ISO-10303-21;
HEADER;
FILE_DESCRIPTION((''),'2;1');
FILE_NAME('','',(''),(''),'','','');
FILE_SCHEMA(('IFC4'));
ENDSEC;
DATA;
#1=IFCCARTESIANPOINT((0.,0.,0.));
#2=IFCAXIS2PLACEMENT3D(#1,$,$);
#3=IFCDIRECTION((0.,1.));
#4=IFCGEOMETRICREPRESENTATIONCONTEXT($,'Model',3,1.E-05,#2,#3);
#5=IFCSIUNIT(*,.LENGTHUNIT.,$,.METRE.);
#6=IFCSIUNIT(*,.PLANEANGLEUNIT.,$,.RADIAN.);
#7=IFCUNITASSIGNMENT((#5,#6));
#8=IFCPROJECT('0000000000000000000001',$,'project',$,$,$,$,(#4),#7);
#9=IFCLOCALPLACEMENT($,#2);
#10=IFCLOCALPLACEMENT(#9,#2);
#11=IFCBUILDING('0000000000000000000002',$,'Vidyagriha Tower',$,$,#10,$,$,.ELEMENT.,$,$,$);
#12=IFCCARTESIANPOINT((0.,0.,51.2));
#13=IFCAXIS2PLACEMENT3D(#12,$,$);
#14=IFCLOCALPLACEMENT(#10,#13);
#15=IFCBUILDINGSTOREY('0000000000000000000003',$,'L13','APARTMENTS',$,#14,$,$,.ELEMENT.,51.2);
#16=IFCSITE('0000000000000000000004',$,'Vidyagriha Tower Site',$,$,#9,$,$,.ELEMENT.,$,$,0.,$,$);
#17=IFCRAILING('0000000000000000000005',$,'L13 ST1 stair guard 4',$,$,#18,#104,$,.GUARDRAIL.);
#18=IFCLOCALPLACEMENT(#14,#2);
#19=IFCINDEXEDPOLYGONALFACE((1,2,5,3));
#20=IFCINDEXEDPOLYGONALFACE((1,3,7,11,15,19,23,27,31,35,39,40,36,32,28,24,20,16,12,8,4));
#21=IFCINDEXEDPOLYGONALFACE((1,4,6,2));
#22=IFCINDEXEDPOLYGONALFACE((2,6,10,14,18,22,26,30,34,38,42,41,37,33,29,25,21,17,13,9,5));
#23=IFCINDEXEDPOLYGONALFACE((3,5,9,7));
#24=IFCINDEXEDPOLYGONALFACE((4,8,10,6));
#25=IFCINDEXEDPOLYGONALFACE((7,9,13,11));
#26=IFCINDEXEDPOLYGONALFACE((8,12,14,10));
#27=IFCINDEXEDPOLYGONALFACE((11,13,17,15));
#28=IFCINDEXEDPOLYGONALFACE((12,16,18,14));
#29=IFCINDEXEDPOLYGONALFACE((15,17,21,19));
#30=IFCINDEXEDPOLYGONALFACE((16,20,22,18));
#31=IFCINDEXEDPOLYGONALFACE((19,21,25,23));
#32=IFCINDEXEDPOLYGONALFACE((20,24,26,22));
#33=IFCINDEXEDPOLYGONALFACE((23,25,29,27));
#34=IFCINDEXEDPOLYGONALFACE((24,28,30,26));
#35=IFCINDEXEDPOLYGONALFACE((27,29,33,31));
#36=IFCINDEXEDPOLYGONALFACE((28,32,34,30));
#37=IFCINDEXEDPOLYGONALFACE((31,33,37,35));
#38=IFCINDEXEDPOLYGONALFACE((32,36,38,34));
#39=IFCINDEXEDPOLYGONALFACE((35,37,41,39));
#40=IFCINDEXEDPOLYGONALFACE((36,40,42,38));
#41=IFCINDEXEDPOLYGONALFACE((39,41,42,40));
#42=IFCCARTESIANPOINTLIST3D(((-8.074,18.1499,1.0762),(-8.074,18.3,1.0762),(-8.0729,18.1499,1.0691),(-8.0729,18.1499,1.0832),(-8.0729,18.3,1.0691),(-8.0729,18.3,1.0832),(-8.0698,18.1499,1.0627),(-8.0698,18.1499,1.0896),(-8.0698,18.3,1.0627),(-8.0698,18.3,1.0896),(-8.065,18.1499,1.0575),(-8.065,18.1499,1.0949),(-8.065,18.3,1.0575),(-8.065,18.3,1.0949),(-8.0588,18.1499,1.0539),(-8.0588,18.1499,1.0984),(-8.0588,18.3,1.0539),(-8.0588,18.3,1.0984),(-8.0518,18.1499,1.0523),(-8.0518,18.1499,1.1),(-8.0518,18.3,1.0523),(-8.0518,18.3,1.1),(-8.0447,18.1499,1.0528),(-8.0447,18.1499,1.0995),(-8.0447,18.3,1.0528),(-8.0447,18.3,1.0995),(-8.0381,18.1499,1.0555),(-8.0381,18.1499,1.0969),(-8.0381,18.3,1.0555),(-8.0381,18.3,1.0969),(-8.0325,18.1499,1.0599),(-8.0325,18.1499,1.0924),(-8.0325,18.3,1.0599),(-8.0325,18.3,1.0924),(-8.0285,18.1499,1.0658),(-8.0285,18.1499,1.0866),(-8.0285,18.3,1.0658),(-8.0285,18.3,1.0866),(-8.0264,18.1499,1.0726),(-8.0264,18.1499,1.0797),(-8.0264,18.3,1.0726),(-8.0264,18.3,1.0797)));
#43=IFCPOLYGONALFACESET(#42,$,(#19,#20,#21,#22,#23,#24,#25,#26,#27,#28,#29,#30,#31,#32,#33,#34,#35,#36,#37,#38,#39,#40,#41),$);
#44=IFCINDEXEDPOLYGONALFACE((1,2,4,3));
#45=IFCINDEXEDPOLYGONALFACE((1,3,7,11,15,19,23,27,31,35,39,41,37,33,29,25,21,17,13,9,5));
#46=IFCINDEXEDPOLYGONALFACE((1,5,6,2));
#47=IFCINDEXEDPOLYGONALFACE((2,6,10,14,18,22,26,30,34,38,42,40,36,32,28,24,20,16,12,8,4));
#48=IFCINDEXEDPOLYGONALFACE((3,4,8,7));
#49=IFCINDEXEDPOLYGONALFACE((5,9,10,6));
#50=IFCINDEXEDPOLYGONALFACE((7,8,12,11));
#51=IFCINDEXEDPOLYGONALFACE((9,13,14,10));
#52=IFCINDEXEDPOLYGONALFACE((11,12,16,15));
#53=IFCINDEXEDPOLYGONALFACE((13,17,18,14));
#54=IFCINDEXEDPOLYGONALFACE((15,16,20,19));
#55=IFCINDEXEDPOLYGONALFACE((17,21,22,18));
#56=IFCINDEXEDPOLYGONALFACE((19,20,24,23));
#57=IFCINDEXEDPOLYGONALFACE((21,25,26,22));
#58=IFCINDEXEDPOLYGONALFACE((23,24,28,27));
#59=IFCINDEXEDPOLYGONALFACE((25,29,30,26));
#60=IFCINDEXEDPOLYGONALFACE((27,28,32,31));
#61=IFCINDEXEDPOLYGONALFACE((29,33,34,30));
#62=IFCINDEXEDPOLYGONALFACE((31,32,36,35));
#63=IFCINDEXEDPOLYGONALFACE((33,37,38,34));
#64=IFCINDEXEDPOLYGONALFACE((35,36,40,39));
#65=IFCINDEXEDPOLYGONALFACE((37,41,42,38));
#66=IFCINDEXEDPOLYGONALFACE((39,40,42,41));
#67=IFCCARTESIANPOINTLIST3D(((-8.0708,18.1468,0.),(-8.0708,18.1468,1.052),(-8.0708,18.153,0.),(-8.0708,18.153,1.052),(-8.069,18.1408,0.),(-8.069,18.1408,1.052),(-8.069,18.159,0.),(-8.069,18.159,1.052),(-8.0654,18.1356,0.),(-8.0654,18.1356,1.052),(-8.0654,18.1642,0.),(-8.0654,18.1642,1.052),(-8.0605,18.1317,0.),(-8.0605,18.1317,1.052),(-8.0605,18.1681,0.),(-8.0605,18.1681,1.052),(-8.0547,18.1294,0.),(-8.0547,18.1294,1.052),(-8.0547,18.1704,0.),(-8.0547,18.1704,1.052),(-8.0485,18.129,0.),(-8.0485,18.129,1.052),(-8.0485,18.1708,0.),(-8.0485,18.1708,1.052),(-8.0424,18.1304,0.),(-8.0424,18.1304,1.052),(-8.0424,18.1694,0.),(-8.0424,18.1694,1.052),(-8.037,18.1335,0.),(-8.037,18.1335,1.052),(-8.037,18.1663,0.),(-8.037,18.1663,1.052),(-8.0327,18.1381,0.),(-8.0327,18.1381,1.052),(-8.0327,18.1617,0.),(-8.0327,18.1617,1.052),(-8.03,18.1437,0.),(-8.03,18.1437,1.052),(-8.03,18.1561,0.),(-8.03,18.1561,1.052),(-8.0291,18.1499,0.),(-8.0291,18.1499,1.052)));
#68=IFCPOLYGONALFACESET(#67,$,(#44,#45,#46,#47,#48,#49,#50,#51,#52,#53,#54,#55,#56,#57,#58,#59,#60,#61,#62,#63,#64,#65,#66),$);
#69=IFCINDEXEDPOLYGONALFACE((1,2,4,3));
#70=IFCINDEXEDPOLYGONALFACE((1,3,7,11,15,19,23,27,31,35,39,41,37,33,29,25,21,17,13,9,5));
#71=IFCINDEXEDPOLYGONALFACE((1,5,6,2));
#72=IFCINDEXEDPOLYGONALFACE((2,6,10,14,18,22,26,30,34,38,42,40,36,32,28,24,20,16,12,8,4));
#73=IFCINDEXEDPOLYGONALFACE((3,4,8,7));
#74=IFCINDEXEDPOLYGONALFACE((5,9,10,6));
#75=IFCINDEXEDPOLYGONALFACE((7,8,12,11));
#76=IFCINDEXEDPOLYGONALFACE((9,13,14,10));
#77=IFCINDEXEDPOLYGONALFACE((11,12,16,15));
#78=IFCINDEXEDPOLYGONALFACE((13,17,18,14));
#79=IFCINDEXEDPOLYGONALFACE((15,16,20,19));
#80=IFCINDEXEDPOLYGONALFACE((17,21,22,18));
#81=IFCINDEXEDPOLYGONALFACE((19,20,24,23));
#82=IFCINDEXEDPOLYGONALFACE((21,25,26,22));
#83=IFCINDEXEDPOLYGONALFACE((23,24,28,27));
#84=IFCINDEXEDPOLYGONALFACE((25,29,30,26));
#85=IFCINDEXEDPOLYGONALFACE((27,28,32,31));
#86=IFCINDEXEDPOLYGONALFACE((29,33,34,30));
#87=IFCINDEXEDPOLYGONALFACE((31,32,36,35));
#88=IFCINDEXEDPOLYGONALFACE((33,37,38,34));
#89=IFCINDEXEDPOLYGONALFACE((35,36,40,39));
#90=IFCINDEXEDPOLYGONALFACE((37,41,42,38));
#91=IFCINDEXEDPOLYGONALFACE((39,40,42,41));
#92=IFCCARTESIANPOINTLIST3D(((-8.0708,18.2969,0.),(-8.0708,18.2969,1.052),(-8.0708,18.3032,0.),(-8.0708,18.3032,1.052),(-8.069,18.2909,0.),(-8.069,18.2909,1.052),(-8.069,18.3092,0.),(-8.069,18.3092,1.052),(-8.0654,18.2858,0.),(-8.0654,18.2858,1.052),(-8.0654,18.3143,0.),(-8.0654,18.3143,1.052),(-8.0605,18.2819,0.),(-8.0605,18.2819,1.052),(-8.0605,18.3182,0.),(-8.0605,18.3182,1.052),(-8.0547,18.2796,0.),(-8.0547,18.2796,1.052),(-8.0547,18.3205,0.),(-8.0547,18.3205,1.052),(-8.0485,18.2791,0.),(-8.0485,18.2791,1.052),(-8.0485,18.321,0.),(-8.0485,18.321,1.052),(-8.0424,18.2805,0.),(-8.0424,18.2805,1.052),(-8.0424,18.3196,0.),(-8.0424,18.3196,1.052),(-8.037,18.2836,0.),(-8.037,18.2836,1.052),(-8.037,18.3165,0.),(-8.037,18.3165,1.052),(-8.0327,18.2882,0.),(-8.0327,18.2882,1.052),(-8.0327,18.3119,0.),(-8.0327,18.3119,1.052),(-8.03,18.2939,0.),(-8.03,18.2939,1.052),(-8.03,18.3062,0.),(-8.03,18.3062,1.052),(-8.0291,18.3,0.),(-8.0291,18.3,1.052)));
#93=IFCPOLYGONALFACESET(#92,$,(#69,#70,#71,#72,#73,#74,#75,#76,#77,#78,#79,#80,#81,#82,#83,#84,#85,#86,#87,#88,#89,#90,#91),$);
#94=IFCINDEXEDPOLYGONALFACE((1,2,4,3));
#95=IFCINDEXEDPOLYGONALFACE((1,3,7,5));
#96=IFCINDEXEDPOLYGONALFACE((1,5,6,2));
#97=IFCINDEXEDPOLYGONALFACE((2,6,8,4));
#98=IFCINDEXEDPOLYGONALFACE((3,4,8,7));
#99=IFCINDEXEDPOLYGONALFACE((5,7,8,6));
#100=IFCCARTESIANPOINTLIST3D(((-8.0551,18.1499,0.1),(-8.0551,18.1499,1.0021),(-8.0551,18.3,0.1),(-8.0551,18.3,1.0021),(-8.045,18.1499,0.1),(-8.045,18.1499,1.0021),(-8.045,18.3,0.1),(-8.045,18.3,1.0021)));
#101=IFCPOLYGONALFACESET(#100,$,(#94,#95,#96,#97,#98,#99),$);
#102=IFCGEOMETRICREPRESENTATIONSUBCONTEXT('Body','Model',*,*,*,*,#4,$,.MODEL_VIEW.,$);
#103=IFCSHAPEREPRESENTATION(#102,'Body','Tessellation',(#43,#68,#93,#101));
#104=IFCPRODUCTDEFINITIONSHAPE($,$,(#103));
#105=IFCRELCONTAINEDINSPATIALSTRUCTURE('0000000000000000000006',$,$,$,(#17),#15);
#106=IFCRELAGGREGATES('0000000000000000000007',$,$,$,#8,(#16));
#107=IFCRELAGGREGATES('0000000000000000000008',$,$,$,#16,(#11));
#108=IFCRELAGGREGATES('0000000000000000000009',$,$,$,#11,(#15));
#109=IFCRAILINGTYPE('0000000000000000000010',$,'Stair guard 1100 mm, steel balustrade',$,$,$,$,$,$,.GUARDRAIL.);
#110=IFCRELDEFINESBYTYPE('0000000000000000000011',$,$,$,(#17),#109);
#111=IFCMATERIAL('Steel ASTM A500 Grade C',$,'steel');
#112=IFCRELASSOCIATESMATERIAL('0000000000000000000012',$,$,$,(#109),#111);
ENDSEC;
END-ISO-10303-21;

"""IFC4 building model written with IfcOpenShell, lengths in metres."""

from ifc_helpers import new_model, si_unit, direction, frame, origin, origin_2d, place, context, subcontext, project, spatial, rectangle, circle, extrude, material, type_object, element, save


model = new_model("IFC4")

# Units and contexts
model_context = context("Model", 3, precision=1e-05, world=origin(), true_north=direction((0.0, 1.0)))
body_context = subcontext(model_context, "Body", "Model", "MODEL_VIEW")
ifc_project = project(units=[si_unit("LENGTHUNIT", "METRE"), si_unit("PLANEANGLEUNIT", "RADIAN")], contexts=[model_context])

# Site, building, storey
site_placement = place(None, origin())
site = spatial("IfcSite", under=ifc_project, at=site_placement, Name="Vidyagriha Tower Site", CompositionType="ELEMENT", RefElevation=0.0)
building_placement = place(site_placement, origin())
building = spatial("IfcBuilding", under=site, at=building_placement, Name="Vidyagriha Tower", CompositionType="ELEMENT")
storey_placement = place(building_placement, frame((0.0, 0.0, 51.2)))
storey = spatial("IfcBuildingStorey", under=building, at=storey_placement, Name="L13", Description="APARTMENTS", CompositionType="ELEMENT", Elevation=51.2)

# Railing
ifc_material_1 = material(Name="Steel ASTM A500 Grade C", Category="steel")
railing_type_1 = type_object("IfcRailingType", Name="Stair guard 1100 mm, steel balustrade", PredefinedType="GUARDRAIL", material=ifc_material_1)
railing_1_placement = place(storey_placement, frame((-8.05, 18.1499, 0.0)))
element("IfcRailing", 1, at=railing_1_placement, inside=storey, type_object=railing_type_1, Name="L13 ST1 stair guard 4", PredefinedType="GUARDRAIL", context=body_context, shape_type="SweptSolid", body=[
    extrude(circle(Radius=0.0239, at=origin_2d()), frame((0.0, 0.0, 1.0762), z_axis=(0.0, 1.0, 0.0), x_axis=(-1.0, 0.0, 0.0)), (0.0, 0.0, 1.0), 0.1501),
    extrude(circle(Radius=0.021, at=origin_2d()), origin(), (0.0, 0.0, 1.0), 1.052),
    extrude(circle(Radius=0.021, at=origin_2d()), frame((0.0, 0.1501, 0.0)), (0.0, 0.0, 1.0), 1.052),
    extrude(rectangle(XDim=0.01, YDim=0.9021, at=origin_2d()), frame((0.0, 0.0, 0.551), z_axis=(0.0, 1.0, 0.0), x_axis=(-1.0, 0.0, 0.0)), (0.0, 0.0, 1.0), 0.1501),
])

save(model, "model.ifc")
